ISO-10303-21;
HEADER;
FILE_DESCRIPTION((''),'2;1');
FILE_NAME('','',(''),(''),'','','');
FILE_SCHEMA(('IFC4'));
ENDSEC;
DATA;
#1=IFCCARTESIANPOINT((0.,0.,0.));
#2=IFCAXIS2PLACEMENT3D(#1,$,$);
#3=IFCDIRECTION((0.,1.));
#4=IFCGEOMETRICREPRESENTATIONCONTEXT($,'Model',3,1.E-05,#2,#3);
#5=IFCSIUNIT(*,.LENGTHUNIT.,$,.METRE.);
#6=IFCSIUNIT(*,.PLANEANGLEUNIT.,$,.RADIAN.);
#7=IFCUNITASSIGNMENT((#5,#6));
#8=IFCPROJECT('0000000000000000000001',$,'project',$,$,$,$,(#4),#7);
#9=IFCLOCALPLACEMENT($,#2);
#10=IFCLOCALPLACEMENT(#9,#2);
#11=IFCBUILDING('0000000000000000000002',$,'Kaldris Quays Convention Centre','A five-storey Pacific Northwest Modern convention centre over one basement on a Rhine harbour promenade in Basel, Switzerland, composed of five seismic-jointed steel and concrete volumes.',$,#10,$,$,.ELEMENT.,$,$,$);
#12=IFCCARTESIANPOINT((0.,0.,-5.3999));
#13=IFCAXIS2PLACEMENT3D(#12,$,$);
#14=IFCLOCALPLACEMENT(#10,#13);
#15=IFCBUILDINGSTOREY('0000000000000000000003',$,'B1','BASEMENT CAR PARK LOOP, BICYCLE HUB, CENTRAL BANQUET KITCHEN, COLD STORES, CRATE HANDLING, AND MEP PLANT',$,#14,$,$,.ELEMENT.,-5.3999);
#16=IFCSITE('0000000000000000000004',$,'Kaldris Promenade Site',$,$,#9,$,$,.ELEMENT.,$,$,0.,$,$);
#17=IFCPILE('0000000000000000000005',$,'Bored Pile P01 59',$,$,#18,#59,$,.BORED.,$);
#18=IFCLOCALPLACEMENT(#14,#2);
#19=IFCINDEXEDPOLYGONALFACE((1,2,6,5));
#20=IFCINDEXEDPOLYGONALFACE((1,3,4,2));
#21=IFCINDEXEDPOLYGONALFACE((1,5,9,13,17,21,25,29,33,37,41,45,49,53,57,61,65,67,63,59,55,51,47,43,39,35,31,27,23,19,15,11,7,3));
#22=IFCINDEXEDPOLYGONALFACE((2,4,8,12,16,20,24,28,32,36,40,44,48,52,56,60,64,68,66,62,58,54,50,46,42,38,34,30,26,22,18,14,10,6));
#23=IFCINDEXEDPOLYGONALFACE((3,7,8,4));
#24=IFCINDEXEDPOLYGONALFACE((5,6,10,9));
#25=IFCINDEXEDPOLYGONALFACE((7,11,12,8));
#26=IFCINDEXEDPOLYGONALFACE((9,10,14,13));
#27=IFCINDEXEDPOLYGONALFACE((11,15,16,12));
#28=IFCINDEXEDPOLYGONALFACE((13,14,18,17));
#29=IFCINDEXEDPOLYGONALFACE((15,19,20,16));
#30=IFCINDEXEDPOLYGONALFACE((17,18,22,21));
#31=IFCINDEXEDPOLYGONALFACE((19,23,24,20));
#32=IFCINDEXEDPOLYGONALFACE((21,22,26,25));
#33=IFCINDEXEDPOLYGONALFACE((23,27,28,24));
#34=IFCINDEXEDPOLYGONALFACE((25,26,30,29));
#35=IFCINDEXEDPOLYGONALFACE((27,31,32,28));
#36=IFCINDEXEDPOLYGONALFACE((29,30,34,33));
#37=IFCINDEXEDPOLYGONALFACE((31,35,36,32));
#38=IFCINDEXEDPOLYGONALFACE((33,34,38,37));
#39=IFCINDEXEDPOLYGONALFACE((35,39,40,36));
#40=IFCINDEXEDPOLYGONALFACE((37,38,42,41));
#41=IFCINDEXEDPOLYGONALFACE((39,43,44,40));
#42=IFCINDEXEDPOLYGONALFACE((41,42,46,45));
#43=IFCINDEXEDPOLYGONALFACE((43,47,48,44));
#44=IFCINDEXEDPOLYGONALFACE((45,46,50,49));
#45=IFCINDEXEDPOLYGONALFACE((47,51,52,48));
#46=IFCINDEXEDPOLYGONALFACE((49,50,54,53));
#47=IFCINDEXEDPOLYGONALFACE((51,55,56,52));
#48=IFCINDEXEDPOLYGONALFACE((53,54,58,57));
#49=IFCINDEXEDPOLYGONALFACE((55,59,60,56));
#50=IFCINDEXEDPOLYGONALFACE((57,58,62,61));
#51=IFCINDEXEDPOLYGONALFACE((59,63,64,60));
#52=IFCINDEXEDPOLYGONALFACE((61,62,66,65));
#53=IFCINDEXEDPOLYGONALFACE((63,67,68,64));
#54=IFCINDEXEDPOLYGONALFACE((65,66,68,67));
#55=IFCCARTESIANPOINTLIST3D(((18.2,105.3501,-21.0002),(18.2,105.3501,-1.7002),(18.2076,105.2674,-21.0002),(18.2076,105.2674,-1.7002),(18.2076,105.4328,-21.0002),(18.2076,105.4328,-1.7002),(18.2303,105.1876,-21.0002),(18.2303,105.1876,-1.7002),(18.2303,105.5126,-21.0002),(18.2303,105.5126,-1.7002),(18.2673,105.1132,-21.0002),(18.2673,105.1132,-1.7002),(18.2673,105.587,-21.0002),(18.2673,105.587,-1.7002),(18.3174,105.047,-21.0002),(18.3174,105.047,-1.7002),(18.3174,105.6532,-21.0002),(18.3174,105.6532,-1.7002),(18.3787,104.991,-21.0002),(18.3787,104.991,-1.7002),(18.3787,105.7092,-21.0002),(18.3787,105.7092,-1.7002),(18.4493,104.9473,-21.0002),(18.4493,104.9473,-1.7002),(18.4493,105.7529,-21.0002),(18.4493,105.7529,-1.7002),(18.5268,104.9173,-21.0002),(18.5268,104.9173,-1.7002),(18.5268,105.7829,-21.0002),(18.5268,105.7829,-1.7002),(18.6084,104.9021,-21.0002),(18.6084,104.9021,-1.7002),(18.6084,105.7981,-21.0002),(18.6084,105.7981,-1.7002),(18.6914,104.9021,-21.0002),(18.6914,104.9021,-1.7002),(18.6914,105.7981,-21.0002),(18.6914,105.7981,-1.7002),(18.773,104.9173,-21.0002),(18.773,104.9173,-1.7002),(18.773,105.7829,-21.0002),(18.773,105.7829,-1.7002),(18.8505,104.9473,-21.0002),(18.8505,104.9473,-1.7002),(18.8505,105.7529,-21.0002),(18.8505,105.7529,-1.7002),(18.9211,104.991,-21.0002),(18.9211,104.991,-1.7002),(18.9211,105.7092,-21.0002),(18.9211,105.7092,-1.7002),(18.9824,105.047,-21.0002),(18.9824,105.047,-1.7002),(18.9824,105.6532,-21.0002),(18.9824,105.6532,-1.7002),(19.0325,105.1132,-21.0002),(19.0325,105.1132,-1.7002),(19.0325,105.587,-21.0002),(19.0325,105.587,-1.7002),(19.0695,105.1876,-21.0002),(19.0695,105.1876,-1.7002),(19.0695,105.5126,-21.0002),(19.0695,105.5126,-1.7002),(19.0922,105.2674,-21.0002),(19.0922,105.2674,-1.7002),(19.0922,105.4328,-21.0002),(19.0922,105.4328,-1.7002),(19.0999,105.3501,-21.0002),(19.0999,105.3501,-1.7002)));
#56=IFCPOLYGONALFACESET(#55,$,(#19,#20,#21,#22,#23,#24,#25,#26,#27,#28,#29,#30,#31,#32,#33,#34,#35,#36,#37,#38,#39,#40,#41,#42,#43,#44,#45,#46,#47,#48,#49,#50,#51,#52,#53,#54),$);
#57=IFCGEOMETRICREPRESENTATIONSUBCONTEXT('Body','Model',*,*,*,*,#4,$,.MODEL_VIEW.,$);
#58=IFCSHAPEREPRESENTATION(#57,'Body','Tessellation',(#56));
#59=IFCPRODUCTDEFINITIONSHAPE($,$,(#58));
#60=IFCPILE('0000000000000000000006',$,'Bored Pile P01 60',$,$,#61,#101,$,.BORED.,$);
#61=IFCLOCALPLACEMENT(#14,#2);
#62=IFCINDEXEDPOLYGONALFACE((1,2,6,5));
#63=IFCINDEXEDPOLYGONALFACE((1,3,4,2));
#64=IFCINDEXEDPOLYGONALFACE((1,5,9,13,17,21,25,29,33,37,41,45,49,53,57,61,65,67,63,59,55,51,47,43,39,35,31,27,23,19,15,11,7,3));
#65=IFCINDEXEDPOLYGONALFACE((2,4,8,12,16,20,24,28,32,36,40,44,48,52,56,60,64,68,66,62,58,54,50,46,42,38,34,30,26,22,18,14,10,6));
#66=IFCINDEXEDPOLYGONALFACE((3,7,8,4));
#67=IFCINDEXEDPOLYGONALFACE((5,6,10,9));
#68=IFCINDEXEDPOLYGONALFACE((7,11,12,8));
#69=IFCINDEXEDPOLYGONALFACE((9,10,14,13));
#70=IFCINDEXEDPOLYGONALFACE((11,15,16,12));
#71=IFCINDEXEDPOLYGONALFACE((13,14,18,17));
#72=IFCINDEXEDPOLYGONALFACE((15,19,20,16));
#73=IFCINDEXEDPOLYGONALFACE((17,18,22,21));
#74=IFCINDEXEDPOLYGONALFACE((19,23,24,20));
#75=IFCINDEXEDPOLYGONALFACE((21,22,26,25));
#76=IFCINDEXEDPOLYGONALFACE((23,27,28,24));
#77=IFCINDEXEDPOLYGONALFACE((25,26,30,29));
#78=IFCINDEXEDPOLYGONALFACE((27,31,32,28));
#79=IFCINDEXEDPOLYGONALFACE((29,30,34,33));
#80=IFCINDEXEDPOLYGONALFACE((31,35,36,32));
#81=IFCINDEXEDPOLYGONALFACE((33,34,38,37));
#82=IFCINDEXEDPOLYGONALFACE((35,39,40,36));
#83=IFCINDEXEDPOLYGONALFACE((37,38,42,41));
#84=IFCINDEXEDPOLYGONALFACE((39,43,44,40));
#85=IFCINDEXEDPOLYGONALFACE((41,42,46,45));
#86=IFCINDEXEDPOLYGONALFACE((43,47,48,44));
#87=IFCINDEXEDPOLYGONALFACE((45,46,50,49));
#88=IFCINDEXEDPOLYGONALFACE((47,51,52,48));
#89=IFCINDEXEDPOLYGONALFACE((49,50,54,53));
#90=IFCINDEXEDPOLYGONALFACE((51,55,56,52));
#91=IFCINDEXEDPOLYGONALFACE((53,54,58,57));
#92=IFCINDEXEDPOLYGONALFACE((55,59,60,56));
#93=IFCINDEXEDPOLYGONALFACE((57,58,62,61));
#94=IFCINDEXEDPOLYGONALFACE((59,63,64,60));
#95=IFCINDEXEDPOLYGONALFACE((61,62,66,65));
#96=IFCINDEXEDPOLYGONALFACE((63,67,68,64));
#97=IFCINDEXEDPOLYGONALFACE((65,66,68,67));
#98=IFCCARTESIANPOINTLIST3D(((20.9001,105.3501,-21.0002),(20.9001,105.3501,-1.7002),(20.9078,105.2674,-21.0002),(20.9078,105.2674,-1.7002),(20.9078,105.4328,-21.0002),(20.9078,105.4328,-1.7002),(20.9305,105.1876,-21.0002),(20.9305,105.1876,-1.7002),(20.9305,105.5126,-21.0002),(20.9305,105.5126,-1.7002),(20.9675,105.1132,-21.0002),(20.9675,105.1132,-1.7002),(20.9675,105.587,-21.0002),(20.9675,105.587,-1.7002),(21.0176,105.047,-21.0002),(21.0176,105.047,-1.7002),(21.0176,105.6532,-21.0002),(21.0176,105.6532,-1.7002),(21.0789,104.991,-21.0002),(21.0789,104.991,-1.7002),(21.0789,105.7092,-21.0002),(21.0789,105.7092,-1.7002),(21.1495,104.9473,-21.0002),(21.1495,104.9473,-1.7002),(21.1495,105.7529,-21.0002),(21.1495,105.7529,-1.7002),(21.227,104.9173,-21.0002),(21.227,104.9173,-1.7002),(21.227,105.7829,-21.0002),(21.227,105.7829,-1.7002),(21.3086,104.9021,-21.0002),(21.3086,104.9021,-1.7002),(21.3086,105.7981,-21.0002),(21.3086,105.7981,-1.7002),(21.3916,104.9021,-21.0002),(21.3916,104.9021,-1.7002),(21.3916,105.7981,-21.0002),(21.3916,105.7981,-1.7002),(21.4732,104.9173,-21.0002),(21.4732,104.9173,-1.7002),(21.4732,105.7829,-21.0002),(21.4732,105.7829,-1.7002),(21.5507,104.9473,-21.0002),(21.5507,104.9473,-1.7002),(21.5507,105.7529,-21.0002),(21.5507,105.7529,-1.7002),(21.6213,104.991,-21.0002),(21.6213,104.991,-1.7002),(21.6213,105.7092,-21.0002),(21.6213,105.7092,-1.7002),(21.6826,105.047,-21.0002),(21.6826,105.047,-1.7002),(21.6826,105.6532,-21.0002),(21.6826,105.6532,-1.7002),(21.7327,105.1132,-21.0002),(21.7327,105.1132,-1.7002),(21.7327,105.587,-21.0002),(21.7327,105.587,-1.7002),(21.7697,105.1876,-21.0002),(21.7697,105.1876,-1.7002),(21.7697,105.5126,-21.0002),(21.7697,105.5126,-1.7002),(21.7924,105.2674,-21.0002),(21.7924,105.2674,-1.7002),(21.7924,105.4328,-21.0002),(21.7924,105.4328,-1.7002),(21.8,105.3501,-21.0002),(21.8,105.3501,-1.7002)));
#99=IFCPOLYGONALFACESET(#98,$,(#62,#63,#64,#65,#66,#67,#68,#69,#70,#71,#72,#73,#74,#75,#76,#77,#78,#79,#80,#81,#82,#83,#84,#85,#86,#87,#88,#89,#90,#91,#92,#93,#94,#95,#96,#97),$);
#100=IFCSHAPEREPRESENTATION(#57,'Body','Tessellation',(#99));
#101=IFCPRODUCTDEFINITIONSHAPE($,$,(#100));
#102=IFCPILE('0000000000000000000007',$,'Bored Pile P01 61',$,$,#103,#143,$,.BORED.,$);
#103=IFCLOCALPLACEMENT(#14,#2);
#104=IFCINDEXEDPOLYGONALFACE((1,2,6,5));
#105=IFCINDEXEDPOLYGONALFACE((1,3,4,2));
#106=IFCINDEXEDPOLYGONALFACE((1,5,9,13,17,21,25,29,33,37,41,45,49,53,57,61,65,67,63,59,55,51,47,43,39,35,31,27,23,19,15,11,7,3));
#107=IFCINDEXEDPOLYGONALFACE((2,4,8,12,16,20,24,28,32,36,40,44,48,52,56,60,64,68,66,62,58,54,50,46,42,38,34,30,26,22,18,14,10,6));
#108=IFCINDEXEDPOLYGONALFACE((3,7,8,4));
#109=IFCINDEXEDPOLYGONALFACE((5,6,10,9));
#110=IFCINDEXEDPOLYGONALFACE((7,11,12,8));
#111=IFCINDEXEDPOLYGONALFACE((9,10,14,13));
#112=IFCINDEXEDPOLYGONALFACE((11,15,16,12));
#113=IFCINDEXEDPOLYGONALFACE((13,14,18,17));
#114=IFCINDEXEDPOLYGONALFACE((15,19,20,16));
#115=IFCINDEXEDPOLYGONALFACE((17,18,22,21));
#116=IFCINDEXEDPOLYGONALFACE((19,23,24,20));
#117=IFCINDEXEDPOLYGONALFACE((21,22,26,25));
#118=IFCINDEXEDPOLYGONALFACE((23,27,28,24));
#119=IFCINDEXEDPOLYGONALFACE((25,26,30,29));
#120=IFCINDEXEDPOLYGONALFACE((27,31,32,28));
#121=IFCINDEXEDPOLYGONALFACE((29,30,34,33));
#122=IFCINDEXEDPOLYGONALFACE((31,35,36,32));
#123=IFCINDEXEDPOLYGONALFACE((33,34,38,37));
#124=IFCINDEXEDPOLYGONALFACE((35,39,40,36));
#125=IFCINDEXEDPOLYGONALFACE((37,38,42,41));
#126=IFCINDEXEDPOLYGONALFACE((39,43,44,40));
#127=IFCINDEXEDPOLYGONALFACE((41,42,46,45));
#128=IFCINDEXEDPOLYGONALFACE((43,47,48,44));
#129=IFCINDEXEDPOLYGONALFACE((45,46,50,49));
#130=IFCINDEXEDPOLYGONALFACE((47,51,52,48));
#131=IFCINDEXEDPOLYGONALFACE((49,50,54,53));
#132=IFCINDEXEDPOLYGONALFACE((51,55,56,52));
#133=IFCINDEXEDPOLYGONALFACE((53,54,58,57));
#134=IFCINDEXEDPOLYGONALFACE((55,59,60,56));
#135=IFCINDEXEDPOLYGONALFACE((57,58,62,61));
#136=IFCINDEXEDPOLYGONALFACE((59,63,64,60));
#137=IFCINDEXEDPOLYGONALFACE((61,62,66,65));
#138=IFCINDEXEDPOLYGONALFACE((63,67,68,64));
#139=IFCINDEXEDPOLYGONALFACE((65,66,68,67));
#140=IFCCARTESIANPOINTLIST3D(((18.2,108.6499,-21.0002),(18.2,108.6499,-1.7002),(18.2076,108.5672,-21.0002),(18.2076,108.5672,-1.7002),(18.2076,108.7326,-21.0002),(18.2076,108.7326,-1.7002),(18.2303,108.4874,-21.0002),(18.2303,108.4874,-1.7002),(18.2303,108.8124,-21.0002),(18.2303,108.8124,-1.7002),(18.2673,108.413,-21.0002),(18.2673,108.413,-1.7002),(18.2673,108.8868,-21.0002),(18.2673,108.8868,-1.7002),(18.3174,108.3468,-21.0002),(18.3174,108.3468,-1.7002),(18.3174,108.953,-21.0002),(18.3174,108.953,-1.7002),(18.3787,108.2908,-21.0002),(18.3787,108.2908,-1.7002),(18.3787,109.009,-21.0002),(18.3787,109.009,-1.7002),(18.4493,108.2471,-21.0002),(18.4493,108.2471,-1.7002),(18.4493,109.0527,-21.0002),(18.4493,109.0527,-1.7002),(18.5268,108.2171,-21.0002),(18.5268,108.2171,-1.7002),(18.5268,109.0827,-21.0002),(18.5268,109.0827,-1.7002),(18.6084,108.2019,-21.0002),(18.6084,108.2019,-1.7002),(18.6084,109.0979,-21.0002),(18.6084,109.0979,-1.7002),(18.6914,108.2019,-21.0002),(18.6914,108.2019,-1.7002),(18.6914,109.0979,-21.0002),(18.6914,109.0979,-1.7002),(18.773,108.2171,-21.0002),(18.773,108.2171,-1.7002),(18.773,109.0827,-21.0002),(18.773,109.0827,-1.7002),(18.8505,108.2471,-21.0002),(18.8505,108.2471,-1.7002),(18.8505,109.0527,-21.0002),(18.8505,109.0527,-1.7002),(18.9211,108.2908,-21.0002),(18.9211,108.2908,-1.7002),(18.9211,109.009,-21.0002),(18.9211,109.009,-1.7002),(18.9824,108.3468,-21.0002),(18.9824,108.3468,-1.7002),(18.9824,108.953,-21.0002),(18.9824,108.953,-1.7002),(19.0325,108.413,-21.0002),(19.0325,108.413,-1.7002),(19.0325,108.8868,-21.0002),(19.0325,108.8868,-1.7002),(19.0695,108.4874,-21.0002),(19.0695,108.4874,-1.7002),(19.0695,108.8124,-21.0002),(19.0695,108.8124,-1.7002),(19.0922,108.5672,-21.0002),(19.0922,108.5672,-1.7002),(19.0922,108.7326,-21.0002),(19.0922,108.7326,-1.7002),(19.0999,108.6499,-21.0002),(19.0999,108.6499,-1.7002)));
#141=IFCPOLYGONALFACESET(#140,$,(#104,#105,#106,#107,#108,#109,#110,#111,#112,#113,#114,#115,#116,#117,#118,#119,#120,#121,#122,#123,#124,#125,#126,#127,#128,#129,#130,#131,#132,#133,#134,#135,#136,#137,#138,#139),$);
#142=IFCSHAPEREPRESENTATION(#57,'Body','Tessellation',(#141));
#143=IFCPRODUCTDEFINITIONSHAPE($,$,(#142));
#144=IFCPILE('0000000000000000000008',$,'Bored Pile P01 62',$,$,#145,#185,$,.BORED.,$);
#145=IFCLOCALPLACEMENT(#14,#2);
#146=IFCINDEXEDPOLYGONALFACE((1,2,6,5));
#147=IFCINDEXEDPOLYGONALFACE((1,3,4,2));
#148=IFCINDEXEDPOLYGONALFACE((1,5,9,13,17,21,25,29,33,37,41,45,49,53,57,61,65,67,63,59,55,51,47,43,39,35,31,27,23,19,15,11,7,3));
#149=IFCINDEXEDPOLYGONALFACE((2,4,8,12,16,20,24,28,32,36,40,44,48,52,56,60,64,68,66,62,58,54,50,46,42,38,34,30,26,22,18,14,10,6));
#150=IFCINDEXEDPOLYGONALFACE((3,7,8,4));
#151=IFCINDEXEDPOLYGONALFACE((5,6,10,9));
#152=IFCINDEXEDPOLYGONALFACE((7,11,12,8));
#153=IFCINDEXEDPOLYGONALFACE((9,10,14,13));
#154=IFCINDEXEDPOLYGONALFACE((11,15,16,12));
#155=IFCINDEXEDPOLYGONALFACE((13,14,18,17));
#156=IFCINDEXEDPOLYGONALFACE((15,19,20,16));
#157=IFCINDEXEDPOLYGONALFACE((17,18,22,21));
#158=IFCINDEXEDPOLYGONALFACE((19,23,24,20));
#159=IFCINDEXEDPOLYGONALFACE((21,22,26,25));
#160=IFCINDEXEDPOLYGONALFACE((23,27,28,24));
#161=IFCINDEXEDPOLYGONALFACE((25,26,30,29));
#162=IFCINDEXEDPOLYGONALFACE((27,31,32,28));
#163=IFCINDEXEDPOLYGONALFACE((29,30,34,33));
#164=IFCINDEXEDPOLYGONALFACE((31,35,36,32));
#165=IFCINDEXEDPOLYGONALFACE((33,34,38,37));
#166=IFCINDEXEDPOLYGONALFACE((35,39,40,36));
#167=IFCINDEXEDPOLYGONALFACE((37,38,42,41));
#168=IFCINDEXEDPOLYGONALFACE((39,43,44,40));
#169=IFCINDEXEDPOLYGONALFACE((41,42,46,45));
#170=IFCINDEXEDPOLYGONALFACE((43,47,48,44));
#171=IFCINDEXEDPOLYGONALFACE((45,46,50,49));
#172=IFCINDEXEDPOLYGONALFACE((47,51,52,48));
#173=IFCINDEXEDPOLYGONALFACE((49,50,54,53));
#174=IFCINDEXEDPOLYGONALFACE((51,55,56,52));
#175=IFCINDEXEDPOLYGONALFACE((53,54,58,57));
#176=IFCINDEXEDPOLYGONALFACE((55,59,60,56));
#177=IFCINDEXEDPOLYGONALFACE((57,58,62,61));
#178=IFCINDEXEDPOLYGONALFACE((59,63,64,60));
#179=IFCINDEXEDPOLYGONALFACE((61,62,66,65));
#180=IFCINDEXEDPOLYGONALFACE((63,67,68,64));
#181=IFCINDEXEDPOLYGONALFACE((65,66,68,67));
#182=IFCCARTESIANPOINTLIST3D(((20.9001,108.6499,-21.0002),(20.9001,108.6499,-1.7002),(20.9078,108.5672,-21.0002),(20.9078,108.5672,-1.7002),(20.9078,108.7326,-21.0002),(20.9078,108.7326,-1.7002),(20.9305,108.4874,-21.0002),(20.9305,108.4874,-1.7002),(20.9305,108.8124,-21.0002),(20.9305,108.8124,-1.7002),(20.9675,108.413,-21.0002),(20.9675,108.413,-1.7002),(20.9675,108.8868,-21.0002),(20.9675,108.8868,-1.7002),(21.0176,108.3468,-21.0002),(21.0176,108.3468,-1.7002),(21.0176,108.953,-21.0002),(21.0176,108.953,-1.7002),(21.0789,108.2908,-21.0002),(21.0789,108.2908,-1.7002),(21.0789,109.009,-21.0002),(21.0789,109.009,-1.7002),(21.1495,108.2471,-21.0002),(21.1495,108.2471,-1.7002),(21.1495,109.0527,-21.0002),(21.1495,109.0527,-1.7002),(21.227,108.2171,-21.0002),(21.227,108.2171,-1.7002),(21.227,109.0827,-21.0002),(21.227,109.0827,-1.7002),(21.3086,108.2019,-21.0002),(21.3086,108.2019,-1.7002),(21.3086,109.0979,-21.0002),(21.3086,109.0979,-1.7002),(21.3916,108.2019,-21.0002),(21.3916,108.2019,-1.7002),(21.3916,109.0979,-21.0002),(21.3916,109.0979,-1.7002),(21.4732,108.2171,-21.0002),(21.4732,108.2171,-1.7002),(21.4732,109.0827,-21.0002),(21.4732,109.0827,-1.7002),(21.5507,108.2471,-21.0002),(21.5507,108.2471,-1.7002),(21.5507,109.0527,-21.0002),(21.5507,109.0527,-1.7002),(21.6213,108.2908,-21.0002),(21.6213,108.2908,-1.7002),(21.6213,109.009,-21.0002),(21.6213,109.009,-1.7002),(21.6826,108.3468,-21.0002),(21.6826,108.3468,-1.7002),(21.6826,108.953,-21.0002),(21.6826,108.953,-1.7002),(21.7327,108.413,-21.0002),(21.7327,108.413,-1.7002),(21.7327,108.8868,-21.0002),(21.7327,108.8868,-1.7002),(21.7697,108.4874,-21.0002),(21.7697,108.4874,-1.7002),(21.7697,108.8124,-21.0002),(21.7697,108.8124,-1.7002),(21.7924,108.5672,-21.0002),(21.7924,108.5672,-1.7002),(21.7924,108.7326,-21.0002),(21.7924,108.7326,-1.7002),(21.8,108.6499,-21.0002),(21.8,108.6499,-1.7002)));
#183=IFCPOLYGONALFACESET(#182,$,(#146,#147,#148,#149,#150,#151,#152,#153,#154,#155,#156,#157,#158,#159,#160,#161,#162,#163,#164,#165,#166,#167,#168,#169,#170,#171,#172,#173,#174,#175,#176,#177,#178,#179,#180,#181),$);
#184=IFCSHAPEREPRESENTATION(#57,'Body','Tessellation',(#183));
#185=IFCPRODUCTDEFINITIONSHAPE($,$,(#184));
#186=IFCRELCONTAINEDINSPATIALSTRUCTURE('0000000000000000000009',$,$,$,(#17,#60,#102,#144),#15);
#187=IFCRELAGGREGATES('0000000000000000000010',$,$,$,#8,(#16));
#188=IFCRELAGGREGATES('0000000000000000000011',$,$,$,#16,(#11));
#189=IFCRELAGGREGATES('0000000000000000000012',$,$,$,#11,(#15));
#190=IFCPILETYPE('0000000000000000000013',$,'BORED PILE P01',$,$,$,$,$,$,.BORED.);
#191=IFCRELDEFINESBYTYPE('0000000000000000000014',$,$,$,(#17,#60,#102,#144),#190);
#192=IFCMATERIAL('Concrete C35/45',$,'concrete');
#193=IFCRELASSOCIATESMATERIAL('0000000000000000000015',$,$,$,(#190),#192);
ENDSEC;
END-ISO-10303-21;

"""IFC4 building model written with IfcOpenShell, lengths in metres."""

from ifc_helpers import new_model, si_unit, direction, frame, origin, origin_2d, place, context, subcontext, project, spatial, circle, extrude, material, material_profile, profile_set, type_object, element, save


model = new_model("IFC4")

# Units and contexts
model_context = context("Model", 3, precision=1e-05, world=origin(), true_north=direction((0.0, 1.0)))
body_context = subcontext(model_context, "Body", "Model", "MODEL_VIEW")
ifc_project = project(units=[si_unit("LENGTHUNIT", "METRE"), si_unit("PLANEANGLEUNIT", "RADIAN")], contexts=[model_context])

# Site, building, storey
site_placement = place(None, origin())
site = spatial("IfcSite", under=ifc_project, at=site_placement, Name="Kaldris Promenade Site", CompositionType="ELEMENT", RefElevation=0.0)
building_placement = place(site_placement, origin())
building = spatial("IfcBuilding", under=site, at=building_placement, Name="Kaldris Quays Convention Centre", Description="A five-storey Pacific Northwest Modern convention centre over one basement on a Rhine harbour promenade in Basel, Switzerland, composed of five seismic-jointed steel and concrete volumes.", CompositionType="ELEMENT")
storey_placement = place(building_placement, frame((0.0, 0.0, -5.3999)))
storey = spatial("IfcBuildingStorey", under=building, at=storey_placement, Name="B1", Description="BASEMENT CAR PARK LOOP, BICYCLE HUB, CENTRAL BANQUET KITCHEN, COLD STORES, CRATE HANDLING, AND MEP PLANT", CompositionType="ELEMENT", Elevation=-5.3999)

# Piles
ifc_material_1 = material(Name="Concrete C35/45", Category="concrete")
ifc_material_profile_1 = material_profile(ifc_material_1, circle(Radius=0.45, at=origin_2d()), Name="BORED PILE D900")
ifc_profile_set_1 = profile_set([ifc_material_profile_1], Name="Concrete C35/45")
pile_type = type_object("IfcPileType", Name="BORED PILE P01", PredefinedType="BORED", material=ifc_profile_set_1)
for number, where, z_axis, x_axis, name in (
    (1, (18.6499, 105.3501, -1.7002), (0.0, 0.0, -1.0), (1.0, 0.0, 0.0), "Bored Pile P01 59"),
    (2, (21.3501, 105.3501, -1.7002), (0.0, 0.0, -1.0), (1.0, 0.0, 0.0), "Bored Pile P01 60"),
    (3, (18.6499, 108.6499, -1.7002), (0.0, 0.0, -1.0), (1.0, 0.0, 0.0), "Bored Pile P01 61"),
    (4, (21.3501, 108.6499, -1.7002), (0.0, 0.0, -1.0), (1.0, 0.0, 0.0), "Bored Pile P01 62"),
):
    element("IfcPile", number, at=place(storey_placement, frame(where, z_axis=z_axis, x_axis=x_axis)), inside=storey, type_object=pile_type, Name=name, PredefinedType="BORED", context=body_context, shape_type="SweptSolid", body=[
        extrude(circle(Radius=0.45, at=origin_2d()), origin(), (0.0, 0.0, 1.0), 19.3),
    ])

save(model, "model.ifc")
